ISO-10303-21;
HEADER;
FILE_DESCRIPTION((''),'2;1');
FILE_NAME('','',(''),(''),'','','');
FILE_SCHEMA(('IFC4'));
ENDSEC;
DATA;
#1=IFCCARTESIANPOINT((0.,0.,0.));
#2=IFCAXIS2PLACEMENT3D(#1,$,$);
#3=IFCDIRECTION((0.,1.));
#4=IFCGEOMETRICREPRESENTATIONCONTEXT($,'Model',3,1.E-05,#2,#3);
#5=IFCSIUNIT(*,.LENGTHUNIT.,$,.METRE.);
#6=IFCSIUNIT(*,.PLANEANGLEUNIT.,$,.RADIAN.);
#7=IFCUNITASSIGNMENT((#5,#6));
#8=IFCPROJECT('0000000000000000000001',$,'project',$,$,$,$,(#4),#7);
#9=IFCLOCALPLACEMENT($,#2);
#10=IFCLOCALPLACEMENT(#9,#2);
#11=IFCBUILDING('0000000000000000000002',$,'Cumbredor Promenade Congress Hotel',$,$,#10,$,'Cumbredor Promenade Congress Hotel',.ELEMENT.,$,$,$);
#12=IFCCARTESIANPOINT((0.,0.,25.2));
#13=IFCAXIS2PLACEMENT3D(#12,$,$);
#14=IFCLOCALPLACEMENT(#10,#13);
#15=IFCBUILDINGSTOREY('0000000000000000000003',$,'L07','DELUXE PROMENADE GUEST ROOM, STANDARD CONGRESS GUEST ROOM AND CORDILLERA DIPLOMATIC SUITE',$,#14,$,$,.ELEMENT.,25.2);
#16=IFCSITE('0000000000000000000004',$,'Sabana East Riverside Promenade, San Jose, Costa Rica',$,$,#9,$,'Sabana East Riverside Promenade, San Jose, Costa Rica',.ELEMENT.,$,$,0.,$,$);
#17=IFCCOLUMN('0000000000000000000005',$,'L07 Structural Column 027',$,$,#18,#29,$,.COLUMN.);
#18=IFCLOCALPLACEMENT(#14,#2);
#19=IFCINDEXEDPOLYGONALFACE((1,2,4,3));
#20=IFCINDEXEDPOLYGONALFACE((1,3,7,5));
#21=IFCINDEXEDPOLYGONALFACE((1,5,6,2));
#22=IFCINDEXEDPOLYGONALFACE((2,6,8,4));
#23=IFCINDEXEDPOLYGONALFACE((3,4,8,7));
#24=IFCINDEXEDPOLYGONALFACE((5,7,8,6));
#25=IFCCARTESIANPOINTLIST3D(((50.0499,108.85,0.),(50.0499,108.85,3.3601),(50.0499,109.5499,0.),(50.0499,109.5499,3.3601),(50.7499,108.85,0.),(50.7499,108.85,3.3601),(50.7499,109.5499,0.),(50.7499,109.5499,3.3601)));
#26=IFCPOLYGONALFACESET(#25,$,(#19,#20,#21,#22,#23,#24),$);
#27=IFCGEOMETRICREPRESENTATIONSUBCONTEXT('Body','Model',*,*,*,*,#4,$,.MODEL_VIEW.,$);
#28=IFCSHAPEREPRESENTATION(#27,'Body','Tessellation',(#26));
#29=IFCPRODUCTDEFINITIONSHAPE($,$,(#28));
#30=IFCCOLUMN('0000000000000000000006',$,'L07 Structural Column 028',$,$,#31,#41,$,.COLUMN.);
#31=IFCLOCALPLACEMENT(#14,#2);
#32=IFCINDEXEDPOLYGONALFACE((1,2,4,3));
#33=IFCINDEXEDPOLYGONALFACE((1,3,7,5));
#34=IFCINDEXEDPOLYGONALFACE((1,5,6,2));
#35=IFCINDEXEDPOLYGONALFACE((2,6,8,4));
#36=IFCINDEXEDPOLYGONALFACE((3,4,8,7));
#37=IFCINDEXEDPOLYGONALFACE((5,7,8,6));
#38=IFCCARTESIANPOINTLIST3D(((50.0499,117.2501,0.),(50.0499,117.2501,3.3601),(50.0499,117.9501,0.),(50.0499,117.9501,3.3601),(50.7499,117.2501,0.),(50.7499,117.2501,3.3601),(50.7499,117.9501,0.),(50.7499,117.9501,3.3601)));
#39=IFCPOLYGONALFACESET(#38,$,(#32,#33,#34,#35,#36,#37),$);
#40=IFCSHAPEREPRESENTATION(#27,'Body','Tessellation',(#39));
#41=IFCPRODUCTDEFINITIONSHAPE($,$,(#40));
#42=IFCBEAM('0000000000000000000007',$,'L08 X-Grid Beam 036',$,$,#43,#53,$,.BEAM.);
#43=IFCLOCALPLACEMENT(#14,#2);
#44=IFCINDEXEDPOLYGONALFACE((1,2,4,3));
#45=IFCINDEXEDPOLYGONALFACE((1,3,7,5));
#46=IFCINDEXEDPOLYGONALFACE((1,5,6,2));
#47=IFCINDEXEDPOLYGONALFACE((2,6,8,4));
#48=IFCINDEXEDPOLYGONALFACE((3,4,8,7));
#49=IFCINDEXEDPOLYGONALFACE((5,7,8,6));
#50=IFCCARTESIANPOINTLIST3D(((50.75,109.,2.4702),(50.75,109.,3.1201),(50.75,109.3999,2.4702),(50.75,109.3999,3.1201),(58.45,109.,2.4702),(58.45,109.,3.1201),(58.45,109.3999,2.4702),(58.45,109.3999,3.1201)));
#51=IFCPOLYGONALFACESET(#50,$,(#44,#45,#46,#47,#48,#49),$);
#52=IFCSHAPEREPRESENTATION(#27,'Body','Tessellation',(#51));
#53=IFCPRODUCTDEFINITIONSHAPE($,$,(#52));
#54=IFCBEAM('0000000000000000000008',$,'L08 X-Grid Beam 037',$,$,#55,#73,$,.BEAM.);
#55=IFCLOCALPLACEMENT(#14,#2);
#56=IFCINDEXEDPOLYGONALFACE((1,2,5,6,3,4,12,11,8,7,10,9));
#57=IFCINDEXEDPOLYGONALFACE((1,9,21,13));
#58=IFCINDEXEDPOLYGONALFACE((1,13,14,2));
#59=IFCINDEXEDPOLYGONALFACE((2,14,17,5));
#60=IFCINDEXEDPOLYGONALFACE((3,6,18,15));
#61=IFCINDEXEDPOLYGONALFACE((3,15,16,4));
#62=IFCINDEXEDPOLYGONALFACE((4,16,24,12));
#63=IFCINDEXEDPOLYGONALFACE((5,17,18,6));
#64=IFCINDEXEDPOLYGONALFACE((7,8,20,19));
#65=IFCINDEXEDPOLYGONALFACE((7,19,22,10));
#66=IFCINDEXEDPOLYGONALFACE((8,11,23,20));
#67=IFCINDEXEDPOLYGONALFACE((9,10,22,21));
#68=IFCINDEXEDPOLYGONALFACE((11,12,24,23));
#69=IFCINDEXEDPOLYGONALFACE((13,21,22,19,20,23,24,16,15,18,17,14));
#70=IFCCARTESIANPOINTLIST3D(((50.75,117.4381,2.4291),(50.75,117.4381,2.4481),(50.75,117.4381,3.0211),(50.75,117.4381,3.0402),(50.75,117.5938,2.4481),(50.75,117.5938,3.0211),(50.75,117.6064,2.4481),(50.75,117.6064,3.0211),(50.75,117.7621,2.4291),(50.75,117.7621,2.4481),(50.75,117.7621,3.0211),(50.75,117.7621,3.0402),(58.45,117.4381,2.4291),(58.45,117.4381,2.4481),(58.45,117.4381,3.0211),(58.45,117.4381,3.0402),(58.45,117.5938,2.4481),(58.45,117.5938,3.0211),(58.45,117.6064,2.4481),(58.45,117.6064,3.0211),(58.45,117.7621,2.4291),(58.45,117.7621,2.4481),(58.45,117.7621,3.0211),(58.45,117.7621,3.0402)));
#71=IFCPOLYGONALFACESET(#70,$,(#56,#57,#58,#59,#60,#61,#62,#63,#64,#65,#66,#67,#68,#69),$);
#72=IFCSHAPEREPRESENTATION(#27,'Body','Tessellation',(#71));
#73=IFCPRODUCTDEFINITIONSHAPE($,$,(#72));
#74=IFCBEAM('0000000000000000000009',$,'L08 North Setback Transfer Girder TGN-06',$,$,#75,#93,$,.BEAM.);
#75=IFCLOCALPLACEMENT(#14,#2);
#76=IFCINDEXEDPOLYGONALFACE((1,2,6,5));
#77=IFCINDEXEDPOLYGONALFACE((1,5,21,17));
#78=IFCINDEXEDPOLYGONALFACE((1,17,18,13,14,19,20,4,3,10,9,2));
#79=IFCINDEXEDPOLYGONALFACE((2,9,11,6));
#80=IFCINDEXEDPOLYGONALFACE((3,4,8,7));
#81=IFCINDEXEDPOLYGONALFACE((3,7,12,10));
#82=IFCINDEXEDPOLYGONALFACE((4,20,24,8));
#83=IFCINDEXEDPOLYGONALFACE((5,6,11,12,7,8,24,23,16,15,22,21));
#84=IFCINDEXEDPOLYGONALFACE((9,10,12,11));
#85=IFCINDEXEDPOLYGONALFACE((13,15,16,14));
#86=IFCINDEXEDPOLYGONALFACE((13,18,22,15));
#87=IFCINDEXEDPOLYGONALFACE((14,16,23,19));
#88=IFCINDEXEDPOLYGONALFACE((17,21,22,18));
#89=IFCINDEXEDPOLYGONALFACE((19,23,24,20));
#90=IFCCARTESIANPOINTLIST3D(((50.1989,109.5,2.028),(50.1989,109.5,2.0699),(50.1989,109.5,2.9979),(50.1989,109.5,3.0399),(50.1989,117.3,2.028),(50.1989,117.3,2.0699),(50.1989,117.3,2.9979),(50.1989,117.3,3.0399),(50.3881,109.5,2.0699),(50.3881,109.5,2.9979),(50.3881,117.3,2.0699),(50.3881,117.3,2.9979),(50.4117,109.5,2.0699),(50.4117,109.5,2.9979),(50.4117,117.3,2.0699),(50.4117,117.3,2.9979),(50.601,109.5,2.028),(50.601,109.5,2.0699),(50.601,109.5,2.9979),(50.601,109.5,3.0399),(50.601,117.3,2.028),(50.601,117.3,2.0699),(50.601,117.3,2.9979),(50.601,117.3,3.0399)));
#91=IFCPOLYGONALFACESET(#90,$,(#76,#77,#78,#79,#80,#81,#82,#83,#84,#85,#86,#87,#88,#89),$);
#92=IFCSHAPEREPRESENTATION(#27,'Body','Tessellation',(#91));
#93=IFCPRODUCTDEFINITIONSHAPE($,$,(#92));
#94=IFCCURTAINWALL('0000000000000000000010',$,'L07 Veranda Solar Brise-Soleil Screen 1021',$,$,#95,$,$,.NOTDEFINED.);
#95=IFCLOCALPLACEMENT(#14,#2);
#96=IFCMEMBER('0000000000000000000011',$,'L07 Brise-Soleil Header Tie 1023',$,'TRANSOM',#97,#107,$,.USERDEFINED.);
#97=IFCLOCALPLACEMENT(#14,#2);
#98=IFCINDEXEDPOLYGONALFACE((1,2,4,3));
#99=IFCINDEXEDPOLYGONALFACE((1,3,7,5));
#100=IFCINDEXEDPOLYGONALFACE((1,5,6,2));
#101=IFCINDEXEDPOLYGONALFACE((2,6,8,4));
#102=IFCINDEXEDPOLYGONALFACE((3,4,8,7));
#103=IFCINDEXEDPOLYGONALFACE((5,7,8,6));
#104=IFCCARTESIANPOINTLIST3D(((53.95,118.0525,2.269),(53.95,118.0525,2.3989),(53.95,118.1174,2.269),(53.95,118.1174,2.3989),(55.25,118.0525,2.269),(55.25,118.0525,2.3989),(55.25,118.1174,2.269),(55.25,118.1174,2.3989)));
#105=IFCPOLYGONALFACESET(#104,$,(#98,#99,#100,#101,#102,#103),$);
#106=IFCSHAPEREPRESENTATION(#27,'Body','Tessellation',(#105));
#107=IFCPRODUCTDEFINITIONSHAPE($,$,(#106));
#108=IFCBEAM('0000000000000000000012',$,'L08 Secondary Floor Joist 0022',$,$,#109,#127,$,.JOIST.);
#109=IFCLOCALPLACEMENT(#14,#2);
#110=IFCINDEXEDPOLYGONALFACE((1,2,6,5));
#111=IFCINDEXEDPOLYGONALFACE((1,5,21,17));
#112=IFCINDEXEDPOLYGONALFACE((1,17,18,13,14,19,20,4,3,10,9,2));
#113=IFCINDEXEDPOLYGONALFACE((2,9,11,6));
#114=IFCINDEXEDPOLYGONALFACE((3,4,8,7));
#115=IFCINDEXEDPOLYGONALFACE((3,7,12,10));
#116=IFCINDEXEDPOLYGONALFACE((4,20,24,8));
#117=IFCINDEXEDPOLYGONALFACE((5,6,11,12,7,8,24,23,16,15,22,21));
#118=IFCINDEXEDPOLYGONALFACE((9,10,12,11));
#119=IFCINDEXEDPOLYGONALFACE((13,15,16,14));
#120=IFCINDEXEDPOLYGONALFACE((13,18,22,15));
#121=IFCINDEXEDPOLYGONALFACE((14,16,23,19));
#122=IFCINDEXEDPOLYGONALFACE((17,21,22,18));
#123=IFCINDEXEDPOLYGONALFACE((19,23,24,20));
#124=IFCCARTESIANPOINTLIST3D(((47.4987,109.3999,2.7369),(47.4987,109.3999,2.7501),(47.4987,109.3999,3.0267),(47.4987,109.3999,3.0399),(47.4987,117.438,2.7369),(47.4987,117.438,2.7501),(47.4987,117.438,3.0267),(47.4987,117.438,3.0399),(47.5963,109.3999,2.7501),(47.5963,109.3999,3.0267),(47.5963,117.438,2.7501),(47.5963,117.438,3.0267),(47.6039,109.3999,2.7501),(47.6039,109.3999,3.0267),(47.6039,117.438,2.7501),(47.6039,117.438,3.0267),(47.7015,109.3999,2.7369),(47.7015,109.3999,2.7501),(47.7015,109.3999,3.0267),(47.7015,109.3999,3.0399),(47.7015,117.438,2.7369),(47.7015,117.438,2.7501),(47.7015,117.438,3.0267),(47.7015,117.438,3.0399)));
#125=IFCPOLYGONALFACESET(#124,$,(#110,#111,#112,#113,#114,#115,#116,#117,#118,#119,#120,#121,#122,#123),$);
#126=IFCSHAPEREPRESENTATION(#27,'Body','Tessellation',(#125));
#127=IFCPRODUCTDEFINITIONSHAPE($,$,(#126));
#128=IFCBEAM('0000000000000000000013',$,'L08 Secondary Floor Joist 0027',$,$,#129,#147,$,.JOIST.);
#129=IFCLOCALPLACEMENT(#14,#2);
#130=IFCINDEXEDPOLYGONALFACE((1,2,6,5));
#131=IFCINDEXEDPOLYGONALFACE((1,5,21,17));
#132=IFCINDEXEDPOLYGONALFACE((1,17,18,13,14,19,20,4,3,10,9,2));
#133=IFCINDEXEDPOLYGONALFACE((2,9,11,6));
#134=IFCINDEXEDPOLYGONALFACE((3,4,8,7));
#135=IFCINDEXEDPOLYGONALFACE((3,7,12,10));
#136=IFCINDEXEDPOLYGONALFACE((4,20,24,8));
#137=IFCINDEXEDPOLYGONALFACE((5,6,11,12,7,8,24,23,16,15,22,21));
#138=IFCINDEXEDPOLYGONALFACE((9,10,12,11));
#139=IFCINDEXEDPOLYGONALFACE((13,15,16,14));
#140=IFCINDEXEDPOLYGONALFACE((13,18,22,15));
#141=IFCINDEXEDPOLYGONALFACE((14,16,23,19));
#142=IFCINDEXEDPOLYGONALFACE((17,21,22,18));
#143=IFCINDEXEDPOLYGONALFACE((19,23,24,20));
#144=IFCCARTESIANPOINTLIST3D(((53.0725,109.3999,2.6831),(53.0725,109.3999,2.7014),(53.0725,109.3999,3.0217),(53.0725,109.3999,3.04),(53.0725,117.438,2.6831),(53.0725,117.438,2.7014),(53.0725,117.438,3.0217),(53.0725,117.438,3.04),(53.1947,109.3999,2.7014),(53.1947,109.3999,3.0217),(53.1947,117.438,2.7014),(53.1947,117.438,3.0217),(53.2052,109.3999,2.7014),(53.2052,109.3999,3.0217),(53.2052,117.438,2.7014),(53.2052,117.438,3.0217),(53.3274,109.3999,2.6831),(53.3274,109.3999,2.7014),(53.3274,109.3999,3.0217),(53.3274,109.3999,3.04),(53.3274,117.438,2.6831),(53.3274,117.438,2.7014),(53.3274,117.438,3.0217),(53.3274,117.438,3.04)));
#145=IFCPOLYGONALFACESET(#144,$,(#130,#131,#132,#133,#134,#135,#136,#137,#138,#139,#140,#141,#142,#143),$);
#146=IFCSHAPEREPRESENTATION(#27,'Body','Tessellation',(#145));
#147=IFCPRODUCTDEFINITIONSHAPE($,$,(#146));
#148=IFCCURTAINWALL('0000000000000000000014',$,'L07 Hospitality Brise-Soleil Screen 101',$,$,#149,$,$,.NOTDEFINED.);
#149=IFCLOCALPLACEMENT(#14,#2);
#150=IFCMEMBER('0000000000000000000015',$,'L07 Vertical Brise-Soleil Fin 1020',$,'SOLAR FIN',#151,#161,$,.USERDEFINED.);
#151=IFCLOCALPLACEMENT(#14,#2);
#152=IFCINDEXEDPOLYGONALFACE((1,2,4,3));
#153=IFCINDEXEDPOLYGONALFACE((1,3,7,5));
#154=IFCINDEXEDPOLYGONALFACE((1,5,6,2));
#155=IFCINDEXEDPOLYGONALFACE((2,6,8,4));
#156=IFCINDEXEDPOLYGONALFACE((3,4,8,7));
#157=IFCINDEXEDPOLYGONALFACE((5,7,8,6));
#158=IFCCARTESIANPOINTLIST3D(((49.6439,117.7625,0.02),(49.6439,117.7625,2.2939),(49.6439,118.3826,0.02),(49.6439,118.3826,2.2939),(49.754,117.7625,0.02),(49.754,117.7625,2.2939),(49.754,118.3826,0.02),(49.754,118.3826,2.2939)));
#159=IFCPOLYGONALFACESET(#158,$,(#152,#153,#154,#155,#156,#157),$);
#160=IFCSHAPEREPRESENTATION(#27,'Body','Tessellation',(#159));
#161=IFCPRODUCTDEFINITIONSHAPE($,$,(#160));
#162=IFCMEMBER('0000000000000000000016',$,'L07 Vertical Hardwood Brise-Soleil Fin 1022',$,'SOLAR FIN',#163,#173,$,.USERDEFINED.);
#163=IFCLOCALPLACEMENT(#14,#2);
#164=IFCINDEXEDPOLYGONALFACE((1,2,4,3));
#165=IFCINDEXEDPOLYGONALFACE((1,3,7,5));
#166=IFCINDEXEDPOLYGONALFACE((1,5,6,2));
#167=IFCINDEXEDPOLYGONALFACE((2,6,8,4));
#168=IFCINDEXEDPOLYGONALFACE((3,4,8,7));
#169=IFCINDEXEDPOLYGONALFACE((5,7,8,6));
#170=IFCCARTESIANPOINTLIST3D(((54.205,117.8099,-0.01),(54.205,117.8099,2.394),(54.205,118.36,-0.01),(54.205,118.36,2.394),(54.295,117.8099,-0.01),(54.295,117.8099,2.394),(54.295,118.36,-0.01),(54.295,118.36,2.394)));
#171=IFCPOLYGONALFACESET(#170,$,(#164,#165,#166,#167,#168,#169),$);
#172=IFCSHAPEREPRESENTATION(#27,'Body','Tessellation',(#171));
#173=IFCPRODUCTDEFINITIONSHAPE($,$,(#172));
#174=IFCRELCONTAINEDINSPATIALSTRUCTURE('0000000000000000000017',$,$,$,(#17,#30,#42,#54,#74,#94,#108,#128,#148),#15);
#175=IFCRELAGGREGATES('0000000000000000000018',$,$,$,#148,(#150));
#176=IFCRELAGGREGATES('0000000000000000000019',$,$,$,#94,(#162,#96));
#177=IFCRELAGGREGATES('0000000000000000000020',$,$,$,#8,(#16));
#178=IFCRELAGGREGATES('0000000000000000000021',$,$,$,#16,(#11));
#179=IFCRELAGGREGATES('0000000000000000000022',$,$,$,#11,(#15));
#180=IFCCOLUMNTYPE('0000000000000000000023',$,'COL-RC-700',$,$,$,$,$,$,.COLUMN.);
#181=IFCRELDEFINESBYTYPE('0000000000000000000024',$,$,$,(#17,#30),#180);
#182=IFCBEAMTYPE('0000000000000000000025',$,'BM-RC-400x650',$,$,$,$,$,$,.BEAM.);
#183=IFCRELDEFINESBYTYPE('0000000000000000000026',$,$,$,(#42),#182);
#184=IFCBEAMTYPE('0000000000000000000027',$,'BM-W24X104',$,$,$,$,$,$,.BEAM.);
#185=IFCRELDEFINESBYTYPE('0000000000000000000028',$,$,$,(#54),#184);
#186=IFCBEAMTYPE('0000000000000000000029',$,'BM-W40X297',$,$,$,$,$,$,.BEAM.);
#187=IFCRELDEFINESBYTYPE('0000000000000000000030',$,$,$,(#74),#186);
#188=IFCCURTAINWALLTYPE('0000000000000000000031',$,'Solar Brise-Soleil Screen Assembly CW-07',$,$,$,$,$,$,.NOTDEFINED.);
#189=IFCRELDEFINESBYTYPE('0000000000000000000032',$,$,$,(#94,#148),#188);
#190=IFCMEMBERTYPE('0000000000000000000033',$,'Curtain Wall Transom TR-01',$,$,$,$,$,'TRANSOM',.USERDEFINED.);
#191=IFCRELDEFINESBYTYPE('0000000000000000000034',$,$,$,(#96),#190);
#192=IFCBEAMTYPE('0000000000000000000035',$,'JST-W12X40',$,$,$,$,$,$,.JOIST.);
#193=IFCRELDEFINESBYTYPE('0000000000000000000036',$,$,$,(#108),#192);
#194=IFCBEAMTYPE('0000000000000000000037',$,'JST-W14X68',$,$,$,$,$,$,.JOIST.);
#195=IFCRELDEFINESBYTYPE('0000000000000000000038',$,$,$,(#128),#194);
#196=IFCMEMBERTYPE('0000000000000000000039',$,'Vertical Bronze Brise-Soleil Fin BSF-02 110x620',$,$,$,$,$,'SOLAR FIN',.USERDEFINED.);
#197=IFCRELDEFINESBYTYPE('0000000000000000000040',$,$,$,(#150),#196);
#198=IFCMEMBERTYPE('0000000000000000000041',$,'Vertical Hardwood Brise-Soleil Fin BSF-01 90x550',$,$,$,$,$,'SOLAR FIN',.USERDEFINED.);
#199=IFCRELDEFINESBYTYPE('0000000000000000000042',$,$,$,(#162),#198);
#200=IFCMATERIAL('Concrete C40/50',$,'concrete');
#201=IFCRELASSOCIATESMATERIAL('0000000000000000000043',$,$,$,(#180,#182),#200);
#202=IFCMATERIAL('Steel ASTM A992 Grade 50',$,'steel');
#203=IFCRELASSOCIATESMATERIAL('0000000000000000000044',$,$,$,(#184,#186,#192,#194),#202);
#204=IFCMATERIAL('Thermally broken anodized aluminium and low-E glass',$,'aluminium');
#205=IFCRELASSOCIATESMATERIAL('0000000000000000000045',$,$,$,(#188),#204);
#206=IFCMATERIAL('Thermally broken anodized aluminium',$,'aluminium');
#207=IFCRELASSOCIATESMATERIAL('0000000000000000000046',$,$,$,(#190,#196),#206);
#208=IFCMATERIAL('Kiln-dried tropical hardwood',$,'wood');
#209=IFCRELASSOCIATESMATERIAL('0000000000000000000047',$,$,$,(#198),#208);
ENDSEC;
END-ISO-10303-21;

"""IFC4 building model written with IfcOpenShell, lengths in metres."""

from ifc_helpers import new_model, si_unit, direction, frame, origin, origin_2d, place, context, subcontext, project, spatial, rectangle, i_section, extrude, material, material_profile, profile_set, type_object, element, aggregate, save


model = new_model("IFC4")

# Units and contexts
model_context = context("Model", 3, precision=1e-05, world=origin(), true_north=direction((0.0, 1.0)))
body_context = subcontext(model_context, "Body", "Model", "MODEL_VIEW")
ifc_project = project(units=[si_unit("LENGTHUNIT", "METRE"), si_unit("PLANEANGLEUNIT", "RADIAN")], contexts=[model_context])

# Site, building, storey
site_placement = place(None, origin())
site = spatial("IfcSite", under=ifc_project, at=site_placement, Name="Sabana East Riverside Promenade, San Jose, Costa Rica", LongName="Sabana East Riverside Promenade, San Jose, Costa Rica", CompositionType="ELEMENT", RefElevation=0.0)
building_placement = place(site_placement, origin())
building = spatial("IfcBuilding", under=site, at=building_placement, Name="Cumbredor Promenade Congress Hotel", LongName="Cumbredor Promenade Congress Hotel", CompositionType="ELEMENT")
storey_placement = place(building_placement, frame((0.0, 0.0, 25.2)))
storey = spatial("IfcBuildingStorey", under=building, at=storey_placement, Name="L07", Description="DELUXE PROMENADE GUEST ROOM, STANDARD CONGRESS GUEST ROOM AND CORDILLERA DIPLOMATIC SUITE", CompositionType="ELEMENT", Elevation=25.2)

# Columns
ifc_material_1 = material(Name="Concrete C40/50", Category="concrete")
ifc_material_profile_1 = material_profile(ifc_material_1, rectangle(XDim=0.7, YDim=0.7, at=origin_2d()), Name="RC 700x700")
ifc_profile_set_1 = profile_set([ifc_material_profile_1], Name="Concrete C40/50")
column_type = type_object("IfcColumnType", Name="COL-RC-700", PredefinedType="COLUMN", material=ifc_profile_set_1)
for number, where, z_axis, x_axis, name in (
    (1, (50.3999, 109.2, 0.0), (0.0, 0.0, 1.0), (1.0, 0.0, 0.0), "L07 Structural Column 027"),
    (2, (50.3999, 117.6001, 0.0), (0.0, 0.0, 1.0), (1.0, 0.0, 0.0), "L07 Structural Column 028"),
):
    element("IfcColumn", number, at=place(storey_placement, frame(where, z_axis=z_axis, x_axis=x_axis)), inside=storey, type_object=column_type, Name=name, PredefinedType="COLUMN", context=body_context, shape_type="SweptSolid", body=[
        extrude(rectangle(XDim=0.7, YDim=0.7, at=origin_2d()), origin(), (0.0, 0.0, 1.0), 3.3601),
    ])

# Beams
ifc_material_profile_2 = material_profile(ifc_material_1, rectangle(XDim=0.3999, YDim=0.6499, at=origin_2d()), Name="RC BEAM 400x650")
ifc_profile_set_2 = profile_set([ifc_material_profile_2], Name="Concrete C40/50")
beam_type_1 = type_object("IfcBeamType", Name="BM-RC-400x650", PredefinedType="BEAM", material=ifc_profile_set_2)
beam_1_placement = place(storey_placement, frame((50.75, 109.2, 2.7952), z_axis=(1.0, 0.0, 0.0), x_axis=(0.0, 1.0, 0.0)))
element("IfcBeam", 3, at=beam_1_placement, inside=storey, type_object=beam_type_1, Name="L08 X-Grid Beam 036", PredefinedType="BEAM", context=body_context, shape_type="SweptSolid", body=[
    extrude(rectangle(XDim=0.3999, YDim=0.6499, at=origin_2d()), origin(), (0.0, 0.0, 1.0), 7.7),
])
ifc_material_2 = material(Name="Steel ASTM A992 Grade 50", Category="steel")
ifc_material_profile_3 = material_profile(ifc_material_2, i_section(OverallWidth=0.324, OverallDepth=0.6111, WebThickness=0.0127, FlangeThickness=0.019, at=origin_2d()), Name="W24X104")
ifc_profile_set_3 = profile_set([ifc_material_profile_3], Name="Steel ASTM A992 Grade 50")
beam_type_2 = type_object("IfcBeamType", Name="BM-W24X104", PredefinedType="BEAM", material=ifc_profile_set_3)
beam_2_placement = place(storey_placement, frame((50.75, 117.6001, 2.7346), z_axis=(1.0, 0.0, 0.0), x_axis=(0.0, 1.0, 0.0)))
element("IfcBeam", 4, at=beam_2_placement, inside=storey, type_object=beam_type_2, Name="L08 X-Grid Beam 037", PredefinedType="BEAM", context=body_context, shape_type="SweptSolid", body=[
    extrude(i_section(OverallWidth=0.324, OverallDepth=0.6111, WebThickness=0.0127, FlangeThickness=0.019, at=origin_2d()), origin(), (0.0, 0.0, 1.0), 7.7),
])
ifc_material_profile_4 = material_profile(ifc_material_2, i_section(OverallWidth=0.4021, OverallDepth=1.012, WebThickness=0.0237, FlangeThickness=0.042, at=origin_2d()), Name="W40X297")
ifc_profile_set_4 = profile_set([ifc_material_profile_4], Name="Steel ASTM A992 Grade 50")
beam_type_3 = type_object("IfcBeamType", Name="BM-W40X297", PredefinedType="BEAM", material=ifc_profile_set_4)
beam_3_placement = place(storey_placement, frame((50.3999, 109.5, 2.5339), z_axis=(0.0, 1.0, 0.0), x_axis=(-1.0, 0.0, 0.0)))
element("IfcBeam", 5, at=beam_3_placement, inside=storey, type_object=beam_type_3, Name="L08 North Setback Transfer Girder TGN-06", PredefinedType="BEAM", context=body_context, shape_type="SweptSolid", body=[
    extrude(i_section(OverallWidth=0.4021, OverallDepth=1.012, WebThickness=0.0237, FlangeThickness=0.042, at=origin_2d()), origin(), (0.0, 0.0, 1.0), 7.8),
])

# Curtain wall, member
ifc_material_3 = material(Name="Thermally broken anodized aluminium and low-E glass", Category="aluminium")
curtain_wall_type = type_object("IfcCurtainWallType", Name="Solar Brise-Soleil Screen Assembly CW-07", PredefinedType="NOTDEFINED", material=ifc_material_3)
curtain_wall_1_placement = place(storey_placement, origin())
curtain_wall_1 = element("IfcCurtainWall", 6, at=curtain_wall_1_placement, inside=storey, type_object=curtain_wall_type, Name="L07 Veranda Solar Brise-Soleil Screen 1021", PredefinedType="NOTDEFINED")
ifc_material_4 = material(Name="Thermally broken anodized aluminium", Category="aluminium")
ifc_material_profile_5 = material_profile(ifc_material_4, rectangle(XDim=0.0649, YDim=0.1299, at=origin_2d()), Name="ALU TRANSOM 65x130")
ifc_profile_set_5 = profile_set([ifc_material_profile_5], Name="Thermally broken anodized aluminium")
member_type_1 = type_object("IfcMemberType", Name="Curtain Wall Transom TR-01", ElementType="TRANSOM", PredefinedType="USERDEFINED", material=ifc_profile_set_5)
member_1_placement = place(storey_placement, frame((53.95, 118.085, 2.334), z_axis=(1.0, 0.0, 0.0), x_axis=(0.0, 1.0, 0.0)))
member_1 = element("IfcMember", 7, at=member_1_placement, type_object=member_type_1, Name="L07 Brise-Soleil Header Tie 1023", ObjectType="TRANSOM", PredefinedType="USERDEFINED", context=body_context, shape_type="SweptSolid", body=[
    extrude(rectangle(XDim=0.0649, YDim=0.1299, at=origin_2d()), origin(), (0.0, 0.0, 1.0), 1.3),
])

# Beams
ifc_material_profile_6 = material_profile(ifc_material_2, i_section(OverallWidth=0.2029, OverallDepth=0.303, WebThickness=0.0076, FlangeThickness=0.0132, at=origin_2d()), Name="W12X40")
ifc_profile_set_6 = profile_set([ifc_material_profile_6], Name="Steel ASTM A992 Grade 50")
beam_type_4 = type_object("IfcBeamType", Name="JST-W12X40", PredefinedType="JOIST", material=ifc_profile_set_6)
beam_4_placement = place(storey_placement, frame((47.6001, 109.3999, 2.8884), z_axis=(0.0, 1.0, 0.0), x_axis=(-1.0, 0.0, 0.0)))
element("IfcBeam", 8, at=beam_4_placement, inside=storey, type_object=beam_type_4, Name="L08 Secondary Floor Joist 0022", PredefinedType="JOIST", context=body_context, shape_type="SweptSolid", body=[
    extrude(i_section(OverallWidth=0.2029, OverallDepth=0.303, WebThickness=0.0076, FlangeThickness=0.0132, at=origin_2d()), origin(), (0.0, 0.0, 1.0), 8.0381),
])
ifc_material_profile_7 = material_profile(ifc_material_2, i_section(OverallWidth=0.2549, OverallDepth=0.3569, WebThickness=0.0105, FlangeThickness=0.0183, at=origin_2d()), Name="W14X68")
ifc_profile_set_7 = profile_set([ifc_material_profile_7], Name="Steel ASTM A992 Grade 50")
beam_type_5 = type_object("IfcBeamType", Name="JST-W14X68", PredefinedType="JOIST", material=ifc_profile_set_7)
beam_5_placement = place(storey_placement, frame((53.2, 109.3999, 2.8616), z_axis=(0.0, 1.0, 0.0), x_axis=(-1.0, 0.0, 0.0)))
element("IfcBeam", 9, at=beam_5_placement, inside=storey, type_object=beam_type_5, Name="L08 Secondary Floor Joist 0027", PredefinedType="JOIST", context=body_context, shape_type="SweptSolid", body=[
    extrude(i_section(OverallWidth=0.2549, OverallDepth=0.3569, WebThickness=0.0105, FlangeThickness=0.0183, at=origin_2d()), origin(), (0.0, 0.0, 1.0), 8.0381),
])

# Curtain wall, member
curtain_wall_2_placement = place(storey_placement, origin())
curtain_wall_2 = element("IfcCurtainWall", 10, at=curtain_wall_2_placement, inside=storey, type_object=curtain_wall_type, Name="L07 Hospitality Brise-Soleil Screen 101", PredefinedType="NOTDEFINED")
ifc_material_profile_8 = material_profile(ifc_material_4, rectangle(XDim=0.1101, YDim=0.6201, at=origin_2d()), Name="ARCH FIN 110x620")
ifc_profile_set_8 = profile_set([ifc_material_profile_8], Name="Thermally broken anodized aluminium")
member_type_2 = type_object("IfcMemberType", Name="Vertical Bronze Brise-Soleil Fin BSF-02 110x620", ElementType="SOLAR FIN", PredefinedType="USERDEFINED", material=ifc_profile_set_8)
member_2_placement = place(storey_placement, frame((49.699, 118.0725, 0.02), z_axis=(0.0, 0.0, 1.0), x_axis=(1.0, 0.0, 0.0)))
member_2 = element("IfcMember", 11, at=member_2_placement, type_object=member_type_2, Name="L07 Vertical Brise-Soleil Fin 1020", ObjectType="SOLAR FIN", PredefinedType="USERDEFINED", context=body_context, shape_type="SweptSolid", body=[
    extrude(rectangle(XDim=0.1101, YDim=0.6201, at=origin_2d()), origin(), (0.0, 0.0, 1.0), 2.2739),
])
aggregate(curtain_wall_2, [member_2])

# Member
ifc_material_5 = material(Name="Kiln-dried tropical hardwood", Category="wood")
ifc_material_profile_9 = material_profile(ifc_material_5, rectangle(XDim=0.0901, YDim=0.55, at=origin_2d()), Name="ARCH FIN 90x550")
ifc_profile_set_9 = profile_set([ifc_material_profile_9], Name="Kiln-dried tropical hardwood")
member_type_3 = type_object("IfcMemberType", Name="Vertical Hardwood Brise-Soleil Fin BSF-01 90x550", ElementType="SOLAR FIN", PredefinedType="USERDEFINED", material=ifc_profile_set_9)
member_3_placement = place(storey_placement, frame((54.25, 118.085, -0.01), z_axis=(0.0, 0.0, 1.0), x_axis=(1.0, 0.0, 0.0)))
member_3 = element("IfcMember", 12, at=member_3_placement, type_object=member_type_3, Name="L07 Vertical Hardwood Brise-Soleil Fin 1022", ObjectType="SOLAR FIN", PredefinedType="USERDEFINED", context=body_context, shape_type="SweptSolid", body=[
    extrude(rectangle(XDim=0.0901, YDim=0.55, at=origin_2d()), origin(), (0.0, 0.0, 1.0), 2.4041),
])
aggregate(curtain_wall_1, [member_3, member_1])

save(model, "model.ifc")
